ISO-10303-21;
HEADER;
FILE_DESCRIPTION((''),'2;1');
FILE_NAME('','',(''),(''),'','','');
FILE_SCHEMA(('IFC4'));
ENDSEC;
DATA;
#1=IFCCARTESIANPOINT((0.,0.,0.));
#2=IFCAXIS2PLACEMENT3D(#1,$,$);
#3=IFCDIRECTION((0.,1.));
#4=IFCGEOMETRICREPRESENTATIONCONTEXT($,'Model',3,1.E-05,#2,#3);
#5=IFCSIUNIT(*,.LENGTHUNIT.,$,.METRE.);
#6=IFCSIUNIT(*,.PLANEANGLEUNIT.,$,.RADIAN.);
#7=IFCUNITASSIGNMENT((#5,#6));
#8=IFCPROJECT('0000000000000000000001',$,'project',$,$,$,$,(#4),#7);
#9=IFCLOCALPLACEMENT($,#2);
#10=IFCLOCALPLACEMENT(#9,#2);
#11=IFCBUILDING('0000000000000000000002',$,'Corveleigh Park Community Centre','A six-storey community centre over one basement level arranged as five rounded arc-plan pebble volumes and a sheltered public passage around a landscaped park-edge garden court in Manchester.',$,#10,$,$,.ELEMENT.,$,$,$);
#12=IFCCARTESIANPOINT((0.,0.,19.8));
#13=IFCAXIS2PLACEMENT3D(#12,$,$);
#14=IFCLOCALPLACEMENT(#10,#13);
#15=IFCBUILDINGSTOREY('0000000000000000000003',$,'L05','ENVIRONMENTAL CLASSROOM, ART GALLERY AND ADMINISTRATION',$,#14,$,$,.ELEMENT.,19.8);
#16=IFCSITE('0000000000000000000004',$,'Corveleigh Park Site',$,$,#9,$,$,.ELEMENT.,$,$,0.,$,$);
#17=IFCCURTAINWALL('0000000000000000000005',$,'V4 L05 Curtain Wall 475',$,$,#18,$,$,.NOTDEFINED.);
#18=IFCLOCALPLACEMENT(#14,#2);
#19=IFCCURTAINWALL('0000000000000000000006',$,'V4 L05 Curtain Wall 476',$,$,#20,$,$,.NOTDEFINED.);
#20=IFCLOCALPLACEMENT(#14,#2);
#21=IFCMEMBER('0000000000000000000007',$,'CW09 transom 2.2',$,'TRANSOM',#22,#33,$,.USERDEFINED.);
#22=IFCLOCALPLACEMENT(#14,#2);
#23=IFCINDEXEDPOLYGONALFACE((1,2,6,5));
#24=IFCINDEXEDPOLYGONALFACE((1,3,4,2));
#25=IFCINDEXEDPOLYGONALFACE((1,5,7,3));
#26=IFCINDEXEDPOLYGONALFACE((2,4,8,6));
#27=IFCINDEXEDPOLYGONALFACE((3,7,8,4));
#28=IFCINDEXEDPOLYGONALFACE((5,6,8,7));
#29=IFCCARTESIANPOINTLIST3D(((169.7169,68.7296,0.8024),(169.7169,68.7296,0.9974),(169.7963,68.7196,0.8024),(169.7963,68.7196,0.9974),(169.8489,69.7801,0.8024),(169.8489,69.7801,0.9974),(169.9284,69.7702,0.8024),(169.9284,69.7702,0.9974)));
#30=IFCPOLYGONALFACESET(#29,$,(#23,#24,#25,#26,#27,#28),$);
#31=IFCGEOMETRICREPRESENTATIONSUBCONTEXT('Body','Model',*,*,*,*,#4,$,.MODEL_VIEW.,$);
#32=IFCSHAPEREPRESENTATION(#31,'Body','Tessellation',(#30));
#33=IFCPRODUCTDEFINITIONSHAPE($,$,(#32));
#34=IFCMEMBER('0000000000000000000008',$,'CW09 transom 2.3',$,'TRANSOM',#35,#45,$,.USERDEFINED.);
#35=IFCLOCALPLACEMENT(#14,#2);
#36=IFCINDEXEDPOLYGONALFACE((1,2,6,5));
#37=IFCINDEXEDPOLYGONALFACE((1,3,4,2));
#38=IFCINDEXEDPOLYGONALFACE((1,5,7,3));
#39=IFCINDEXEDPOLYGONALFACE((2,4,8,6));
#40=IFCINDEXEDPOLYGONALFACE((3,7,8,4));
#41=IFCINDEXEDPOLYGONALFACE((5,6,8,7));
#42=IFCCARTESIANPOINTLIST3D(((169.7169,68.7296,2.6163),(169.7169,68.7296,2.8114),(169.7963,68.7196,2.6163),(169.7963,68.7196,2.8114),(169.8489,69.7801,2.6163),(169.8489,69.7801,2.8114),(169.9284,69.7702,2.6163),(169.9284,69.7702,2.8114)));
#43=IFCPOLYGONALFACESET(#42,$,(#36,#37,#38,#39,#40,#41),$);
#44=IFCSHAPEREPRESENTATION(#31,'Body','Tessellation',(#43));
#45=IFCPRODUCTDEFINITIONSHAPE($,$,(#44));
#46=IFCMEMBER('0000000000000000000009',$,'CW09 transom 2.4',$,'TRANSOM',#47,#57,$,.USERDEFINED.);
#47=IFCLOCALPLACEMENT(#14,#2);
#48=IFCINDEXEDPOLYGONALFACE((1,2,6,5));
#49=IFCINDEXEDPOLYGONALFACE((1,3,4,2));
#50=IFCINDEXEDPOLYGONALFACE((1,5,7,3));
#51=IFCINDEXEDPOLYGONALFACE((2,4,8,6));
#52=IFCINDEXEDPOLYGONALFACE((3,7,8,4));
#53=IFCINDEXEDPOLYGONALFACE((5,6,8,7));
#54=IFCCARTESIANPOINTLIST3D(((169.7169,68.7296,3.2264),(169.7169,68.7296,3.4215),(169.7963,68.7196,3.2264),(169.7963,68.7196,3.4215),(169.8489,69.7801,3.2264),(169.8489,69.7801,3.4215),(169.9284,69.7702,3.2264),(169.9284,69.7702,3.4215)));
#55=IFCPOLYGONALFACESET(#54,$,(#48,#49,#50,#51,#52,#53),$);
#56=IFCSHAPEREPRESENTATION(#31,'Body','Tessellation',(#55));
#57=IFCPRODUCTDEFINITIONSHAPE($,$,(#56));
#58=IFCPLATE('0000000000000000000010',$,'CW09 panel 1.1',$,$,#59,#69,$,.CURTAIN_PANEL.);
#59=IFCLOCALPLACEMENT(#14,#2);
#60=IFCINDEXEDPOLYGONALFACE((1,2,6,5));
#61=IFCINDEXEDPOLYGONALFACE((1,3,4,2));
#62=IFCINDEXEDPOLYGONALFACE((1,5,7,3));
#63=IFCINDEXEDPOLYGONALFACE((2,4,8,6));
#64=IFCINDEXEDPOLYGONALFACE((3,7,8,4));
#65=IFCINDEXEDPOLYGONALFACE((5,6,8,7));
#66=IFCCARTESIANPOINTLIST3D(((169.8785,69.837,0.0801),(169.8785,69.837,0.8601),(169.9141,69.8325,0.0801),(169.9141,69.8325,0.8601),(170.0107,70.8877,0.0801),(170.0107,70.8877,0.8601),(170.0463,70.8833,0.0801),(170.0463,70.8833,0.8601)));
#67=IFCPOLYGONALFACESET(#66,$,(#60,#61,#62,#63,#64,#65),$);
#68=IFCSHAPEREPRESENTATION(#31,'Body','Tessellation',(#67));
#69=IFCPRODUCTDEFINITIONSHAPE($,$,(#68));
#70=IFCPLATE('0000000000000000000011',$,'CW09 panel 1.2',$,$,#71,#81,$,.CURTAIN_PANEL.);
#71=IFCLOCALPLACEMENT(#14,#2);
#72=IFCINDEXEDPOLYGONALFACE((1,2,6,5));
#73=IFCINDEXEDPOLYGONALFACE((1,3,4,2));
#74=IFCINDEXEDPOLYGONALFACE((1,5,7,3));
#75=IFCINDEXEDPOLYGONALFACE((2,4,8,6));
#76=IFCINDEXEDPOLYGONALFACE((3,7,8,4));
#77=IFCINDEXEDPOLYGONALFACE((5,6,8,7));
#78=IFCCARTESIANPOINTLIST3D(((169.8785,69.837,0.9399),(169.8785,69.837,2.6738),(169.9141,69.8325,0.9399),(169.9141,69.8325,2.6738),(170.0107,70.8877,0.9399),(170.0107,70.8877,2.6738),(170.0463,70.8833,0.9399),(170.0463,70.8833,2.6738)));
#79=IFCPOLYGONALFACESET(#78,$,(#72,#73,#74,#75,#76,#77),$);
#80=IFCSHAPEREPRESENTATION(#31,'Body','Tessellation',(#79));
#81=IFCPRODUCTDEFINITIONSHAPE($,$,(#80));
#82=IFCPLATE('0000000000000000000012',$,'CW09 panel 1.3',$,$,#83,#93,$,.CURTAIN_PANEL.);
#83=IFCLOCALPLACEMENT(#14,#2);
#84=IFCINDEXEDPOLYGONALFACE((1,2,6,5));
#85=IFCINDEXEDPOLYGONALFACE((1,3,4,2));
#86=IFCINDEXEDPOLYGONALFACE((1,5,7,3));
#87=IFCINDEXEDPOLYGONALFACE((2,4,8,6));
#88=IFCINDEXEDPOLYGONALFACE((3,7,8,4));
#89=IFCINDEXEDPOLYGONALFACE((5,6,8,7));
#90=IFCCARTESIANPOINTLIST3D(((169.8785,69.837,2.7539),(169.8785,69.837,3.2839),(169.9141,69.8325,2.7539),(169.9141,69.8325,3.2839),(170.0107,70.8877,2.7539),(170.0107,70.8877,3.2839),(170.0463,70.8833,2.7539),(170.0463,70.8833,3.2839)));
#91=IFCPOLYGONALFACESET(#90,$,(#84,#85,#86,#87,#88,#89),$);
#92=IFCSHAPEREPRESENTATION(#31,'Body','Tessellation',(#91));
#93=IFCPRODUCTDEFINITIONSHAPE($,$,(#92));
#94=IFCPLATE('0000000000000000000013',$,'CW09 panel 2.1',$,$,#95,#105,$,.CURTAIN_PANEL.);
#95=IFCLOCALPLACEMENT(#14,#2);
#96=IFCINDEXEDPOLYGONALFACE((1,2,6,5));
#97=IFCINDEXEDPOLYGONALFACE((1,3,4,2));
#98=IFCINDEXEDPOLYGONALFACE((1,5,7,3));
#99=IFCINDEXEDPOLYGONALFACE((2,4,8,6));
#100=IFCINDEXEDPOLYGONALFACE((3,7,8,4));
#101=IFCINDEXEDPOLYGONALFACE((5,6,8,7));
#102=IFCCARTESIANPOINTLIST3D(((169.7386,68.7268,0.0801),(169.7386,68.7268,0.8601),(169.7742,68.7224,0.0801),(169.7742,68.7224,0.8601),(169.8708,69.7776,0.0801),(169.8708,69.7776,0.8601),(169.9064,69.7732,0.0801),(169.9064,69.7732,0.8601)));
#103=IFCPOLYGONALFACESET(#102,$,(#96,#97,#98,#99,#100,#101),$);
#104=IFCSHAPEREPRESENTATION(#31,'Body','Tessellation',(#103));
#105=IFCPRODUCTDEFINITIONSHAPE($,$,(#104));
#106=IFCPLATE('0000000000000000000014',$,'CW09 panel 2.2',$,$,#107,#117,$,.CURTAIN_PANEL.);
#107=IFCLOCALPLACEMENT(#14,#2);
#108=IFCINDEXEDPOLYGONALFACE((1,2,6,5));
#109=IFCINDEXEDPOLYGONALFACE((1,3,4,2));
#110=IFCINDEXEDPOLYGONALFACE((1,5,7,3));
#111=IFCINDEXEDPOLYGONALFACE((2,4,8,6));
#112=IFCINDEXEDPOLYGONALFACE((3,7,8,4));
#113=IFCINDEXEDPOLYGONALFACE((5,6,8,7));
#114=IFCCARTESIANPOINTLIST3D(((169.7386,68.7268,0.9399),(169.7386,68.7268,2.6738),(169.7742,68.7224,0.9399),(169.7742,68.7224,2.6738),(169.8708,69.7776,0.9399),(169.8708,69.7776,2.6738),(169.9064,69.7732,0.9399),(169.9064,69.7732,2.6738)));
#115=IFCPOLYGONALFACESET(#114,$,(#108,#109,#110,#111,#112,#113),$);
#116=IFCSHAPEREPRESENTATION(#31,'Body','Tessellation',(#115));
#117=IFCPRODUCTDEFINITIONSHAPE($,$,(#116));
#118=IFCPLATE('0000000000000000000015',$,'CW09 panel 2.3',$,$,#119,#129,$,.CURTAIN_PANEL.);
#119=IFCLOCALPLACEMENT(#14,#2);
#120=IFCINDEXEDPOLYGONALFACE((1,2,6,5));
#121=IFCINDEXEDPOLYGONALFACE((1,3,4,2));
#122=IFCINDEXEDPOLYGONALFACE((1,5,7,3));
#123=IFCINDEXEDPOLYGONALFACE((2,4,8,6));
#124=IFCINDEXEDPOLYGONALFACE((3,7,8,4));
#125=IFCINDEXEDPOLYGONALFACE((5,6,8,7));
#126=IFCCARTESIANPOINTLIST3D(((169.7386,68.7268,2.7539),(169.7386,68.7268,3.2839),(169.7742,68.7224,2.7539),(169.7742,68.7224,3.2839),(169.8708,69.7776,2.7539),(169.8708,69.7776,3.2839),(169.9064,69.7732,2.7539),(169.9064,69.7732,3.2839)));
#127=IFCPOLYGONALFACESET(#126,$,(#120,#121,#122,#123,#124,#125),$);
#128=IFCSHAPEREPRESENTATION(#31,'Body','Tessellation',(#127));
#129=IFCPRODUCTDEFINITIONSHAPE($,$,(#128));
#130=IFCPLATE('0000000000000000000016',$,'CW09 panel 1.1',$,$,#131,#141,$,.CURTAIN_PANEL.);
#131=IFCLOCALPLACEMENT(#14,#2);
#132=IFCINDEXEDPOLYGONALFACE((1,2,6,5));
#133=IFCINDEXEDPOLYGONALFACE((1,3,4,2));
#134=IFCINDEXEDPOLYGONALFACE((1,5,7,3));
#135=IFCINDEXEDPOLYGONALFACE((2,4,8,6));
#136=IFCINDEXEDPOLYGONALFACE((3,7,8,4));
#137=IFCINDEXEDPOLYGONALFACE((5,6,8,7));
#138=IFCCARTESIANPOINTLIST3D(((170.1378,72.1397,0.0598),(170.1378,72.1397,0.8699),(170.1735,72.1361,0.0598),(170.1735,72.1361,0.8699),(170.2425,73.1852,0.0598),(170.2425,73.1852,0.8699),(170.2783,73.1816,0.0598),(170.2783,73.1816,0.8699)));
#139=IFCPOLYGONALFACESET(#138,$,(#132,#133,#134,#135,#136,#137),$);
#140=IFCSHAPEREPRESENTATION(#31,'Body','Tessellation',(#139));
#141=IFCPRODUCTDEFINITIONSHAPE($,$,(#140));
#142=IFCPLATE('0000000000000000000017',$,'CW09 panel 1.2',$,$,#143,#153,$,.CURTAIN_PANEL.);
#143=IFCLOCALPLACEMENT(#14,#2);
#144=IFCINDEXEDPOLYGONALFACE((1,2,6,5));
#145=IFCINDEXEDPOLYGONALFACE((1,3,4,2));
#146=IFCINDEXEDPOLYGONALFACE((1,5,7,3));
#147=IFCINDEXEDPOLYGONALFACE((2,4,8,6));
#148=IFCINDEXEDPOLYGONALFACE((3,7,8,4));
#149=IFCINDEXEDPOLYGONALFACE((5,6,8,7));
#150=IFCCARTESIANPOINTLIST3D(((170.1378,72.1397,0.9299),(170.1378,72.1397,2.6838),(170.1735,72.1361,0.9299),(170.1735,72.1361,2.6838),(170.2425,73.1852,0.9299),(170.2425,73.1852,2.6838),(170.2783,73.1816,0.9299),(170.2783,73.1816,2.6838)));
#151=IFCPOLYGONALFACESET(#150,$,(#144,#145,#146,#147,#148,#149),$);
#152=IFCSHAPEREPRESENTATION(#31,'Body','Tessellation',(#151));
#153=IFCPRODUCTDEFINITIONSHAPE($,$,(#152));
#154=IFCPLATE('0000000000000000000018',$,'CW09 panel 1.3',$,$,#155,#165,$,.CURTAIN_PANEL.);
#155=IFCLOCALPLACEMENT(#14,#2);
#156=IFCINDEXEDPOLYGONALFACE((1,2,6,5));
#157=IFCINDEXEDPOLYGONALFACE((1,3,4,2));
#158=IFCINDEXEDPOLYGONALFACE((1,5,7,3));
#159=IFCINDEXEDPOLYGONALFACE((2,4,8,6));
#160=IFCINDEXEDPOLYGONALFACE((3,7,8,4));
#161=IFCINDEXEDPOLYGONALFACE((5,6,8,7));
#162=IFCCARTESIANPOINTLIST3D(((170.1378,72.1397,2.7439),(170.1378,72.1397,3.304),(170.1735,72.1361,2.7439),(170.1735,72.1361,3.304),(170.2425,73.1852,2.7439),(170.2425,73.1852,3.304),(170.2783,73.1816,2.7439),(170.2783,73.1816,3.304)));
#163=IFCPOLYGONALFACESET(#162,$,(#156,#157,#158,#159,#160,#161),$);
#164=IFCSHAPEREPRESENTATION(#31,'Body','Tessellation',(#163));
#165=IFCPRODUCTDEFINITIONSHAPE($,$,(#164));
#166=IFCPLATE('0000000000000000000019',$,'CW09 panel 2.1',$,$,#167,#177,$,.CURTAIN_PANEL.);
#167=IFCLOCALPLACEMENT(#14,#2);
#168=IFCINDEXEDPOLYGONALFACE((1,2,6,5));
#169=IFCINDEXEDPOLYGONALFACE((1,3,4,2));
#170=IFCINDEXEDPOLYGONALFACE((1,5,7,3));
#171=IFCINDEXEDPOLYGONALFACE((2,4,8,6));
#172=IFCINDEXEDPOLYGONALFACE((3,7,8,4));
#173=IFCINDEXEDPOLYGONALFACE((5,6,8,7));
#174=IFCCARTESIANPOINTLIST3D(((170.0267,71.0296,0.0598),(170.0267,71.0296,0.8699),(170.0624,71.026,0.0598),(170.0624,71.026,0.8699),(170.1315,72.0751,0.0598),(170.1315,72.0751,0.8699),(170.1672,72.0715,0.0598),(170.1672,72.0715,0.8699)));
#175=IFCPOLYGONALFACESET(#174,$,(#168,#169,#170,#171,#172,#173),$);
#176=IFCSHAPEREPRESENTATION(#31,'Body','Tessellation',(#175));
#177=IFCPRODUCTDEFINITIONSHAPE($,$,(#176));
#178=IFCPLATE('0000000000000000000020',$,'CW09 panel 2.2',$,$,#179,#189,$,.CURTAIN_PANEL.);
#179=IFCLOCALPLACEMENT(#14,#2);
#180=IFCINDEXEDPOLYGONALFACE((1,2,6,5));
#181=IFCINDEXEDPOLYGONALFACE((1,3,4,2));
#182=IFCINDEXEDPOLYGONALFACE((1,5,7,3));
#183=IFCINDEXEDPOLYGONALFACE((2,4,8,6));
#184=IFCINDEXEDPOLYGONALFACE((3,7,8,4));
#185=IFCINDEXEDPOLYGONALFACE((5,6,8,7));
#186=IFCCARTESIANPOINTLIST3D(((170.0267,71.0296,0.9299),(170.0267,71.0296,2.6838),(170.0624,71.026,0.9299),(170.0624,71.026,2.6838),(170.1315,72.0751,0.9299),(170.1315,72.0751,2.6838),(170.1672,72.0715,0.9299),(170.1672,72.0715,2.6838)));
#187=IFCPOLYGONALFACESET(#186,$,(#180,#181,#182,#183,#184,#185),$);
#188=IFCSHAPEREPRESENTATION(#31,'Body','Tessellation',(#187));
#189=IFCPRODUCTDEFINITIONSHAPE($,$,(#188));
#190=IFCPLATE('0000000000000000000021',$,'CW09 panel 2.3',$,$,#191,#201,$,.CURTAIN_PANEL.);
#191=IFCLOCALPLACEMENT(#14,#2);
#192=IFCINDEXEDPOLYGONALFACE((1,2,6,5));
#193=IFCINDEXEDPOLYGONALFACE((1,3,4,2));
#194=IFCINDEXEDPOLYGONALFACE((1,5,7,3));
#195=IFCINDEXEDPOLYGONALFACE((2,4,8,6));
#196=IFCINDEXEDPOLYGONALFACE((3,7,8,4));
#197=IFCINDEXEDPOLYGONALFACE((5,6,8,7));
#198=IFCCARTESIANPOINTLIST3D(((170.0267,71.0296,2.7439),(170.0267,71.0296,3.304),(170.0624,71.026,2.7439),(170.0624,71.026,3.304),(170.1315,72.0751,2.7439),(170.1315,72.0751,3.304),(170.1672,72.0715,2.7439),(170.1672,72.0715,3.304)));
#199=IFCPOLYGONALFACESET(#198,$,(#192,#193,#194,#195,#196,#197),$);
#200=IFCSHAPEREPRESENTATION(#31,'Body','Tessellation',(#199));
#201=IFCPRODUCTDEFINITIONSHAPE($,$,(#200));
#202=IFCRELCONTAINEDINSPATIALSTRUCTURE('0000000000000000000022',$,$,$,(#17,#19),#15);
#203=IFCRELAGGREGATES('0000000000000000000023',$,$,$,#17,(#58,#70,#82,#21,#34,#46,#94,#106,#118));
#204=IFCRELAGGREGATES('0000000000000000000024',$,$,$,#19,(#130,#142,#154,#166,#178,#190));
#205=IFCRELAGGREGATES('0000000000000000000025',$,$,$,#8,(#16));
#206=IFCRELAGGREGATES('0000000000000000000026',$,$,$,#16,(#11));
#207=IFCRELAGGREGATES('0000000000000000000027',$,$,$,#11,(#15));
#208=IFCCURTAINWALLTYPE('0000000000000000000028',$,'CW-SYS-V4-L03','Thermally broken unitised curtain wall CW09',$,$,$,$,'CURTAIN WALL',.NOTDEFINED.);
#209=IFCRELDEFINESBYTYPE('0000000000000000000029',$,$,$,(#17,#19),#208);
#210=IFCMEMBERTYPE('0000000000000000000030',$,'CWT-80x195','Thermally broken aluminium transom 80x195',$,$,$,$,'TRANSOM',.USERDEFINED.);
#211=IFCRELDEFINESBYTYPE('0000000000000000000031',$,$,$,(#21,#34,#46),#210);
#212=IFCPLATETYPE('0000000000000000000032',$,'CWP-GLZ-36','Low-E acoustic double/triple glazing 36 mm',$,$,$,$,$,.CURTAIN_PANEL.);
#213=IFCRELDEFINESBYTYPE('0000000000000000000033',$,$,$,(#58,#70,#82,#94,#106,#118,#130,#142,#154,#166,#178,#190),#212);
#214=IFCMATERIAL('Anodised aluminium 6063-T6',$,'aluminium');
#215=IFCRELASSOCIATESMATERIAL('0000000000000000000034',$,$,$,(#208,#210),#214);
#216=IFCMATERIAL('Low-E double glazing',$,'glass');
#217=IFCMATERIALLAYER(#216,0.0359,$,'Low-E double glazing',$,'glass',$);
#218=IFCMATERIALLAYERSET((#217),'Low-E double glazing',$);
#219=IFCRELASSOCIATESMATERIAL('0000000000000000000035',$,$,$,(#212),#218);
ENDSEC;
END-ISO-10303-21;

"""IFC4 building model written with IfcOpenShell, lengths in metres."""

from ifc_helpers import new_model, si_unit, direction, frame, origin, origin_2d, place, context, subcontext, project, spatial, rectangle, extrude, material, layer, layer_set, material_profile, profile_set, type_object, element, aggregate, save


model = new_model("IFC4")

# Units and contexts
model_context = context("Model", 3, precision=1e-05, world=origin(), true_north=direction((0.0, 1.0)))
body_context = subcontext(model_context, "Body", "Model", "MODEL_VIEW")
ifc_project = project(units=[si_unit("LENGTHUNIT", "METRE"), si_unit("PLANEANGLEUNIT", "RADIAN")], contexts=[model_context])

# Site, building, storey
site_placement = place(None, origin())
site = spatial("IfcSite", under=ifc_project, at=site_placement, Name="Corveleigh Park Site", CompositionType="ELEMENT", RefElevation=0.0)
building_placement = place(site_placement, origin())
building = spatial("IfcBuilding", under=site, at=building_placement, Name="Corveleigh Park Community Centre", Description="A six-storey community centre over one basement level arranged as five rounded arc-plan pebble volumes and a sheltered public passage around a landscaped park-edge garden court in Manchester.", CompositionType="ELEMENT")
storey_placement = place(building_placement, frame((0.0, 0.0, 19.8)))
storey = spatial("IfcBuildingStorey", under=building, at=storey_placement, Name="L05", Description="ENVIRONMENTAL CLASSROOM, ART GALLERY AND ADMINISTRATION", CompositionType="ELEMENT", Elevation=19.8)

# Curtain walls
ifc_material_1 = material(Name="Anodised aluminium 6063-T6", Category="aluminium")
curtain_wall_type = type_object("IfcCurtainWallType", Name="CW-SYS-V4-L03", Description="Thermally broken unitised curtain wall CW09", ElementType="CURTAIN WALL", PredefinedType="NOTDEFINED", material=ifc_material_1)
curtain_wall_1_placement = place(storey_placement, origin())
curtain_wall_1 = element("IfcCurtainWall", 1, at=curtain_wall_1_placement, inside=storey, type_object=curtain_wall_type, Name="V4 L05 Curtain Wall 475", PredefinedType="NOTDEFINED")
curtain_wall_2_placement = place(storey_placement, origin())
curtain_wall_2 = element("IfcCurtainWall", 2, at=curtain_wall_2_placement, inside=storey, type_object=curtain_wall_type, Name="V4 L05 Curtain Wall 476", PredefinedType="NOTDEFINED")

# Members
ifc_material_profile_1 = material_profile(ifc_material_1, rectangle(XDim=0.0801, YDim=0.1951, at=origin_2d()), Name="ALU-T80x195", Category="aluminium")
ifc_profile_set_1 = profile_set([ifc_material_profile_1], Name="Anodised aluminium 6063-T6")
member_type_1 = type_object("IfcMemberType", Name="CWT-80x195", Description="Thermally broken aluminium transom 80x195", ElementType="TRANSOM", PredefinedType="USERDEFINED", material=ifc_profile_set_1)
member_1_placement = place(storey_placement, frame((169.8887, 69.7751, 0.8999), z_axis=(-0.124744, -0.992189, 0.0), x_axis=(0.992189, -0.124744, 0.0)))
member_1 = element("IfcMember", 3, at=member_1_placement, type_object=member_type_1, Name="CW09 transom 2.2", ObjectType="TRANSOM", PredefinedType="USERDEFINED", context=body_context, shape_type="SweptSolid", body=[
    extrude(rectangle(XDim=0.0801, YDim=0.1951, at=origin_2d()), origin(), (0.0, 0.0, 1.0), 1.0588),
])
member_2_placement = place(storey_placement, frame((169.8887, 69.7751, 2.7139), z_axis=(-0.124744, -0.992189, 0.0), x_axis=(0.992189, -0.124744, 0.0)))
member_2 = element("IfcMember", 4, at=member_2_placement, type_object=member_type_1, Name="CW09 transom 2.3", ObjectType="TRANSOM", PredefinedType="USERDEFINED", context=body_context, shape_type="SweptSolid", body=[
    extrude(rectangle(XDim=0.0801, YDim=0.1951, at=origin_2d()), origin(), (0.0, 0.0, 1.0), 1.0588),
])
member_3_placement = place(storey_placement, frame((169.8887, 69.7751, 3.324), z_axis=(-0.124744, -0.992189, 0.0), x_axis=(0.992189, -0.124744, 0.0)))
member_3 = element("IfcMember", 5, at=member_3_placement, type_object=member_type_1, Name="CW09 transom 2.4", ObjectType="TRANSOM", PredefinedType="USERDEFINED", context=body_context, shape_type="SweptSolid", body=[
    extrude(rectangle(XDim=0.0801, YDim=0.1951, at=origin_2d()), origin(), (0.0, 0.0, 1.0), 1.0588),
])

# Plates
ifc_material_2 = material(Name="Low-E double glazing", Category="glass")
ifc_layer = layer(ifc_material_2, 0.0359, Name="Low-E double glazing", Category="glass")
ifc_layer_set = layer_set([ifc_layer], Name="Low-E double glazing")
plate_type = type_object("IfcPlateType", Name="CWP-GLZ-36", Description="Low-E acoustic double/triple glazing 36 mm", PredefinedType="CURTAIN_PANEL", material=ifc_layer_set)
plate_1_placement = place(storey_placement, frame((169.9624, 70.3601, 0.0801), z_axis=(0.0, 0.0, 1.0), x_axis=(-0.124892, -0.99217, 0.0)))
plate_1 = element("IfcPlate", 6, at=plate_1_placement, type_object=plate_type, Name="CW09 panel 1.1", PredefinedType="CURTAIN_PANEL", context=body_context, shape_type="SweptSolid", body=[
    extrude(rectangle(XDim=1.0591, YDim=0.0359, at=origin_2d()), origin(), (0.0, 0.0, 1.0), 0.78),
])
plate_2_placement = place(storey_placement, frame((169.9624, 70.3601, 0.9399), z_axis=(0.0, 0.0, 1.0), x_axis=(-0.124892, -0.99217, 0.0)))
plate_2 = element("IfcPlate", 7, at=plate_2_placement, type_object=plate_type, Name="CW09 panel 1.2", PredefinedType="CURTAIN_PANEL", context=body_context, shape_type="SweptSolid", body=[
    extrude(rectangle(XDim=1.0591, YDim=0.0359, at=origin_2d()), origin(), (0.0, 0.0, 1.0), 1.7339),
])
plate_3_placement = place(storey_placement, frame((169.9624, 70.3601, 2.7539), z_axis=(0.0, 0.0, 1.0), x_axis=(-0.124892, -0.99217, 0.0)))
plate_3 = element("IfcPlate", 8, at=plate_3_placement, type_object=plate_type, Name="CW09 panel 1.3", PredefinedType="CURTAIN_PANEL", context=body_context, shape_type="SweptSolid", body=[
    extrude(rectangle(XDim=1.0591, YDim=0.0359, at=origin_2d()), origin(), (0.0, 0.0, 1.0), 0.53),
])
plate_4_placement = place(storey_placement, frame((169.8225, 69.25, 0.0801), z_axis=(0.0, 0.0, 1.0), x_axis=(-0.124892, -0.99217, 0.0)))
plate_4 = element("IfcPlate", 9, at=plate_4_placement, type_object=plate_type, Name="CW09 panel 2.1", PredefinedType="CURTAIN_PANEL", context=body_context, shape_type="SweptSolid", body=[
    extrude(rectangle(XDim=1.0591, YDim=0.0359, at=origin_2d()), origin(), (0.0, 0.0, 1.0), 0.78),
])
plate_5_placement = place(storey_placement, frame((169.8225, 69.25, 0.9399), z_axis=(0.0, 0.0, 1.0), x_axis=(-0.124892, -0.99217, 0.0)))
plate_5 = element("IfcPlate", 10, at=plate_5_placement, type_object=plate_type, Name="CW09 panel 2.2", PredefinedType="CURTAIN_PANEL", context=body_context, shape_type="SweptSolid", body=[
    extrude(rectangle(XDim=1.0591, YDim=0.0359, at=origin_2d()), origin(), (0.0, 0.0, 1.0), 1.7339),
])
plate_6_placement = place(storey_placement, frame((169.8225, 69.25, 2.7539), z_axis=(0.0, 0.0, 1.0), x_axis=(-0.124892, -0.99217, 0.0)))
plate_6 = element("IfcPlate", 11, at=plate_6_placement, type_object=plate_type, Name="CW09 panel 2.3", PredefinedType="CURTAIN_PANEL", context=body_context, shape_type="SweptSolid", body=[
    extrude(rectangle(XDim=1.0591, YDim=0.0359, at=origin_2d()), origin(), (0.0, 0.0, 1.0), 0.53),
])
aggregate(curtain_wall_1, [plate_1, plate_2, plate_3, member_1, member_2, member_3, plate_4, plate_5, plate_6])
plate_7_placement = place(storey_placement, frame((170.208, 72.6606, 0.0598), z_axis=(0.0, 0.0, 1.0), x_axis=(-0.099719, -0.995016, 0.0)))
plate_7 = element("IfcPlate", 12, at=plate_7_placement, type_object=plate_type, Name="CW09 panel 1.1", PredefinedType="CURTAIN_PANEL", context=body_context, shape_type="SweptSolid", body=[
    extrude(rectangle(XDim=1.0508, YDim=0.0359, at=origin_2d()), origin(), (0.0, 0.0, 1.0), 0.8101),
])
plate_8_placement = place(storey_placement, frame((170.208, 72.6606, 0.9299), z_axis=(0.0, 0.0, 1.0), x_axis=(-0.099719, -0.995016, 0.0)))
plate_8 = element("IfcPlate", 13, at=plate_8_placement, type_object=plate_type, Name="CW09 panel 1.2", PredefinedType="CURTAIN_PANEL", context=body_context, shape_type="SweptSolid", body=[
    extrude(rectangle(XDim=1.0508, YDim=0.0359, at=origin_2d()), origin(), (0.0, 0.0, 1.0), 1.7539),
])
plate_9_placement = place(storey_placement, frame((170.208, 72.6606, 2.7439), z_axis=(0.0, 0.0, 1.0), x_axis=(-0.099719, -0.995016, 0.0)))
plate_9 = element("IfcPlate", 14, at=plate_9_placement, type_object=plate_type, Name="CW09 panel 1.3", PredefinedType="CURTAIN_PANEL", context=body_context, shape_type="SweptSolid", body=[
    extrude(rectangle(XDim=1.0508, YDim=0.0359, at=origin_2d()), origin(), (0.0, 0.0, 1.0), 0.5601),
])
plate_10_placement = place(storey_placement, frame((170.0969, 71.5505, 0.0598), z_axis=(0.0, 0.0, 1.0), x_axis=(-0.099719, -0.995016, 0.0)))
plate_10 = element("IfcPlate", 15, at=plate_10_placement, type_object=plate_type, Name="CW09 panel 2.1", PredefinedType="CURTAIN_PANEL", context=body_context, shape_type="SweptSolid", body=[
    extrude(rectangle(XDim=1.0508, YDim=0.0359, at=origin_2d()), origin(), (0.0, 0.0, 1.0), 0.8101),
])
plate_11_placement = place(storey_placement, frame((170.0969, 71.5505, 0.9299), z_axis=(0.0, 0.0, 1.0), x_axis=(-0.099719, -0.995016, 0.0)))
plate_11 = element("IfcPlate", 16, at=plate_11_placement, type_object=plate_type, Name="CW09 panel 2.2", PredefinedType="CURTAIN_PANEL", context=body_context, shape_type="SweptSolid", body=[
    extrude(rectangle(XDim=1.0508, YDim=0.0359, at=origin_2d()), origin(), (0.0, 0.0, 1.0), 1.7539),
])
plate_12_placement = place(storey_placement, frame((170.0969, 71.5505, 2.7439), z_axis=(0.0, 0.0, 1.0), x_axis=(-0.099719, -0.995016, 0.0)))
plate_12 = element("IfcPlate", 17, at=plate_12_placement, type_object=plate_type, Name="CW09 panel 2.3", PredefinedType="CURTAIN_PANEL", context=body_context, shape_type="SweptSolid", body=[
    extrude(rectangle(XDim=1.0508, YDim=0.0359, at=origin_2d()), origin(), (0.0, 0.0, 1.0), 0.5601),
])
aggregate(curtain_wall_2, [plate_7, plate_8, plate_9, plate_10, plate_11, plate_12])

save(model, "model.ifc")
